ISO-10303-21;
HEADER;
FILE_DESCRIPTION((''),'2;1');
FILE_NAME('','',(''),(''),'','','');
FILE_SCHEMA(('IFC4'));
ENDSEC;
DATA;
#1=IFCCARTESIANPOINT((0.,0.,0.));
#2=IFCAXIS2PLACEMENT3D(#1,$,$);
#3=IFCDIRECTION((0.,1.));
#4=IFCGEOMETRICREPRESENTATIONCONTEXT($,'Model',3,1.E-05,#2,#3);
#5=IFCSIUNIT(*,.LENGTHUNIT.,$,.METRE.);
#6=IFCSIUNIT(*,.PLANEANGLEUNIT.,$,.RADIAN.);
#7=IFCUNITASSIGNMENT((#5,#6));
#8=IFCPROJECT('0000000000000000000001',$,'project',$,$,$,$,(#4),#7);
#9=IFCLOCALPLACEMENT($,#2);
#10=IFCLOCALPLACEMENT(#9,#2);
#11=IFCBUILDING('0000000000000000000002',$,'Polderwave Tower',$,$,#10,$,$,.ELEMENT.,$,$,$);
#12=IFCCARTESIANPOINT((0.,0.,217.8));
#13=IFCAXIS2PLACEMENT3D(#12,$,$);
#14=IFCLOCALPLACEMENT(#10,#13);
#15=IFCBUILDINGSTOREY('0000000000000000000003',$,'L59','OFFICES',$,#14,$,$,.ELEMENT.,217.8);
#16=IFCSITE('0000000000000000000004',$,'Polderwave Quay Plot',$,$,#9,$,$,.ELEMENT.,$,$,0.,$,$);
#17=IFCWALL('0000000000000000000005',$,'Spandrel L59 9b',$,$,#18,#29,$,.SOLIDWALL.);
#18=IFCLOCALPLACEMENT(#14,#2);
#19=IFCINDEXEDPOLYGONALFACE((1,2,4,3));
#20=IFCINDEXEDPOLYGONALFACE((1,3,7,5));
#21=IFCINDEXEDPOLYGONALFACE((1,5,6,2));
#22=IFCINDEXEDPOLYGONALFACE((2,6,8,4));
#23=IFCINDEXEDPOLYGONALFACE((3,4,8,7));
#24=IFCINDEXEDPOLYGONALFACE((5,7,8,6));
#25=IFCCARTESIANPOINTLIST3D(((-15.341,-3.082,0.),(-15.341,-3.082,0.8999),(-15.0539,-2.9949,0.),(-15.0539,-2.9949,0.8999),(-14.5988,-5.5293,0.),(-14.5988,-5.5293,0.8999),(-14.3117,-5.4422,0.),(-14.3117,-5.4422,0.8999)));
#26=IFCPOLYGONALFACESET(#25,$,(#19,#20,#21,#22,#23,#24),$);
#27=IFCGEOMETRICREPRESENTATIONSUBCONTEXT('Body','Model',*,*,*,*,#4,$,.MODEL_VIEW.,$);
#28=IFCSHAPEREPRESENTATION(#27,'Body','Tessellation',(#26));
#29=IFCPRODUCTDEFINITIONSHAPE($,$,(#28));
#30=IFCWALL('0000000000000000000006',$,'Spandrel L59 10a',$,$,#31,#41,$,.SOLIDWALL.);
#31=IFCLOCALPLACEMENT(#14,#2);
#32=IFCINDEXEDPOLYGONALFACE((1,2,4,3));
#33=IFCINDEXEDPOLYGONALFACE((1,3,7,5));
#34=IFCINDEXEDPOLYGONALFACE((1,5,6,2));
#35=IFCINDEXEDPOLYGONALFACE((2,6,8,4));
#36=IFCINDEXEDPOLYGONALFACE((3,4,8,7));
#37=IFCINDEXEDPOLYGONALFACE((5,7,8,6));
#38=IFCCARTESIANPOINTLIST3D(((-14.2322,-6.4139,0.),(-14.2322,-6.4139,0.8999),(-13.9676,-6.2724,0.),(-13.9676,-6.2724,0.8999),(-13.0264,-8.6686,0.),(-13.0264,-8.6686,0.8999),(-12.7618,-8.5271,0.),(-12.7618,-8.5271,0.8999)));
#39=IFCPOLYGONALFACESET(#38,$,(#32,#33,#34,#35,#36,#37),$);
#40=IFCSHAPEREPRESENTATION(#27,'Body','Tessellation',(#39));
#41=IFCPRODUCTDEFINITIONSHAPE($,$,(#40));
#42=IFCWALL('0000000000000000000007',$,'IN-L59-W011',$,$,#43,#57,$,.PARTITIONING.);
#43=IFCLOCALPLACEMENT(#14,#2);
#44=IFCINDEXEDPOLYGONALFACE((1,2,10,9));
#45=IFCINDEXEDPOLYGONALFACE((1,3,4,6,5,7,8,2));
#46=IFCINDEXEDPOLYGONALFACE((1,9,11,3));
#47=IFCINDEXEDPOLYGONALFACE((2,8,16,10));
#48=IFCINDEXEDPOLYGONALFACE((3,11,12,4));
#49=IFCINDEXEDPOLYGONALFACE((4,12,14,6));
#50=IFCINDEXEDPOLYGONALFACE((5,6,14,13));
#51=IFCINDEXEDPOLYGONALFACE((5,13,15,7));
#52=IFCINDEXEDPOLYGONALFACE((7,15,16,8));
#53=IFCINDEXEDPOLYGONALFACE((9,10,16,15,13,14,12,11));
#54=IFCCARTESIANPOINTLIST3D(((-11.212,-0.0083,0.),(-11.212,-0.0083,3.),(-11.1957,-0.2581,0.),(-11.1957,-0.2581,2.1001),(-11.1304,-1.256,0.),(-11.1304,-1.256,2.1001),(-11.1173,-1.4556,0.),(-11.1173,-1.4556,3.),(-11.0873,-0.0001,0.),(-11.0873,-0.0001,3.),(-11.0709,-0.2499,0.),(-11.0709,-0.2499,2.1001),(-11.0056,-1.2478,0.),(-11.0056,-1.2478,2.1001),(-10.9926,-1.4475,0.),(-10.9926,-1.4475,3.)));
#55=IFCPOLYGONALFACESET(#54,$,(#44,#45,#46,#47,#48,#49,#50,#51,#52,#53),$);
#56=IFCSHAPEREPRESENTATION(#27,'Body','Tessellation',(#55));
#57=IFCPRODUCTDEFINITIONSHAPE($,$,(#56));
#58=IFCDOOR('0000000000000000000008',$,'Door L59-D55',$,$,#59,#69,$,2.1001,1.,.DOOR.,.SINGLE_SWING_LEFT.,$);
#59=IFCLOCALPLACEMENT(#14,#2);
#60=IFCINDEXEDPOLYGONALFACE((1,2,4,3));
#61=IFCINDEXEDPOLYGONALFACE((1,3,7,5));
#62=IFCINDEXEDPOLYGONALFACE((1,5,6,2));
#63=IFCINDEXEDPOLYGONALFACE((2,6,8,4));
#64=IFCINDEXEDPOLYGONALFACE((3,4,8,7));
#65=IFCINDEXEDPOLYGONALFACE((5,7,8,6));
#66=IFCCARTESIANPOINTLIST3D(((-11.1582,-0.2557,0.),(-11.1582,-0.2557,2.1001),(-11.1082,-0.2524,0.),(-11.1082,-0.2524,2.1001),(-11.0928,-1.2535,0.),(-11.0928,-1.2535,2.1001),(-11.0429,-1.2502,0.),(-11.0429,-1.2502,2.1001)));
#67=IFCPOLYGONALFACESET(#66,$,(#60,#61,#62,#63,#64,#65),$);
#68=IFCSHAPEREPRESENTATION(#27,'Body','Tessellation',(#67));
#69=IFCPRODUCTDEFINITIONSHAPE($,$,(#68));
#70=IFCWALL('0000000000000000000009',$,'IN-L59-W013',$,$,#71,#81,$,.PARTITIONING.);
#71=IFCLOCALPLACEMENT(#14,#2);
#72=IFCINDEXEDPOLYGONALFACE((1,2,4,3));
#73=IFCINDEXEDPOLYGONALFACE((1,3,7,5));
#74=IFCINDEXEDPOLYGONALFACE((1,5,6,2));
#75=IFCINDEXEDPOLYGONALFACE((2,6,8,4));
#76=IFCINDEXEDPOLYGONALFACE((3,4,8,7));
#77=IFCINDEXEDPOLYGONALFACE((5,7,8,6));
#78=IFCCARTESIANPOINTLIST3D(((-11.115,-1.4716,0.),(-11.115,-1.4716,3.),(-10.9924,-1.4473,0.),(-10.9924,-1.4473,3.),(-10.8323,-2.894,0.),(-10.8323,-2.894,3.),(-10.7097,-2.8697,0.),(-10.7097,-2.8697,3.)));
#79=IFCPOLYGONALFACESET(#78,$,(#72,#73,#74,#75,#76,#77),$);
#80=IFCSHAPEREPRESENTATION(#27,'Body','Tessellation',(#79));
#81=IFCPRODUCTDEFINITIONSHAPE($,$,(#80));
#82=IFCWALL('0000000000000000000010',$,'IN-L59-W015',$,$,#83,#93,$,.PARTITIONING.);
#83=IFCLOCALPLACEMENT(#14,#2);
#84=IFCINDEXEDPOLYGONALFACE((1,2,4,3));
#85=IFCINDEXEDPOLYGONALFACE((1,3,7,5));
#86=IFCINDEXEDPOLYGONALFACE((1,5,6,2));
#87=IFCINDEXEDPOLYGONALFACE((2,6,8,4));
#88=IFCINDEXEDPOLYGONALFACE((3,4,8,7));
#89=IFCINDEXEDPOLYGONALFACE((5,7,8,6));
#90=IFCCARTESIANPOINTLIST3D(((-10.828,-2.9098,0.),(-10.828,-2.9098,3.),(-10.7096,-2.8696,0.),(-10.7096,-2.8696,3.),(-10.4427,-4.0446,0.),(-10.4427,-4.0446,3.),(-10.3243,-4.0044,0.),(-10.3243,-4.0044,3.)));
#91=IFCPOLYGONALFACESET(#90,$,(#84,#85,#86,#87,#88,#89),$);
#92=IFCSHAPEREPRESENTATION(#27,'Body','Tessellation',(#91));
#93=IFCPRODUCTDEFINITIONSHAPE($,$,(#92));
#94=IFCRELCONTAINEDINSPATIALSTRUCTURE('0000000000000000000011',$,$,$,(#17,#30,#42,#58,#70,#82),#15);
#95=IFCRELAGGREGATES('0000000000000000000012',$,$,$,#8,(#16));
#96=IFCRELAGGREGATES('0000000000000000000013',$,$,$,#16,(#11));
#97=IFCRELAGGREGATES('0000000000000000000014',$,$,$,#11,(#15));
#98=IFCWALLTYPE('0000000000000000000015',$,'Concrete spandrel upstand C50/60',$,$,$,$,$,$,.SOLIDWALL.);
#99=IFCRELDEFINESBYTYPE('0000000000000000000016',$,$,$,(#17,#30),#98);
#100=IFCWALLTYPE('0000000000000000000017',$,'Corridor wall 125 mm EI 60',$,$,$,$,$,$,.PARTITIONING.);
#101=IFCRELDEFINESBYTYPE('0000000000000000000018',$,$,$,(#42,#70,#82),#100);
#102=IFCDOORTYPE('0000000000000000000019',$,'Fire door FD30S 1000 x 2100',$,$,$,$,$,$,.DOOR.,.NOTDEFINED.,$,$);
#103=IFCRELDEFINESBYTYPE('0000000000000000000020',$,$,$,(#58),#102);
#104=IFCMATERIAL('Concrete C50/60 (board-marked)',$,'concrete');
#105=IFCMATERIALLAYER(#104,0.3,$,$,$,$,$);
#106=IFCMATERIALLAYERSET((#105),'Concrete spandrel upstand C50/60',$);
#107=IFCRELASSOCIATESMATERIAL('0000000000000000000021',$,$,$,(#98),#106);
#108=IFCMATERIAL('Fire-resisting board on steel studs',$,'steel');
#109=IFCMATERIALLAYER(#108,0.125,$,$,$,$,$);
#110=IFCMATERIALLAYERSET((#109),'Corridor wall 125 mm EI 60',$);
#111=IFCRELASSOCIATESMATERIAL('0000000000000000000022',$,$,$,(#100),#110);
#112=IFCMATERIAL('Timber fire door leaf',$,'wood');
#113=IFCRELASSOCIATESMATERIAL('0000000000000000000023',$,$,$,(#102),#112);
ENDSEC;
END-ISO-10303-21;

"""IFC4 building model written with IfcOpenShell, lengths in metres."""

from ifc_helpers import new_model, si_unit, direction, frame, frame_2d, origin, place, context, subcontext, project, spatial, rectangle, extrude, material, layer, layer_set, type_object, element, fill, save


model = new_model("IFC4")

# Units and contexts
model_context = context("Model", 3, precision=1e-05, world=origin(), true_north=direction((0.0, 1.0)))
body_context = subcontext(model_context, "Body", "Model", "MODEL_VIEW")
ifc_project = project(units=[si_unit("LENGTHUNIT", "METRE"), si_unit("PLANEANGLEUNIT", "RADIAN")], contexts=[model_context])

# Site, building, storey
site_placement = place(None, origin())
site = spatial("IfcSite", under=ifc_project, at=site_placement, Name="Polderwave Quay Plot", CompositionType="ELEMENT", RefElevation=0.0)
building_placement = place(site_placement, origin())
building = spatial("IfcBuilding", under=site, at=building_placement, Name="Polderwave Tower", CompositionType="ELEMENT")
storey_placement = place(building_placement, frame((0.0, 0.0, 217.8)))
storey = spatial("IfcBuildingStorey", under=building, at=storey_placement, Name="L59", Description="OFFICES", CompositionType="ELEMENT", Elevation=217.8)

# Walls
ifc_material_1 = material(Name="Concrete C50/60 (board-marked)", Category="concrete")
ifc_layer_1 = layer(ifc_material_1, 0.3)
ifc_layer_set_1 = layer_set([ifc_layer_1], Name="Concrete spandrel upstand C50/60")
wall_type_1 = type_object("IfcWallType", Name="Concrete spandrel upstand C50/60", PredefinedType="SOLIDWALL", material=ifc_layer_set_1)
wall_1_placement = place(storey_placement, frame((-15.1975, -3.0383, 0.0), z_axis=(0.0, 0.0, 1.0), x_axis=(0.290219, -0.95696, 0.0)))
element("IfcWall", 1, at=wall_1_placement, inside=storey, type_object=wall_type_1, Name="Spandrel L59 9b", PredefinedType="SOLIDWALL", context=body_context, shape_type="SweptSolid", body=[
    extrude(rectangle(XDim=2.5574, YDim=0.3, at=frame_2d((1.2788, 0.0))), origin(), (0.0, 0.0, 1.0), 0.8999),
])
wall_2_placement = place(storey_placement, frame((-14.0999, -6.3433, 0.0), z_axis=(0.0, 0.0, 1.0), x_axis=(0.471604, -0.88181, 0.0)))
element("IfcWall", 2, at=wall_2_placement, inside=storey, type_object=wall_type_1, Name="Spandrel L59 10a", PredefinedType="SOLIDWALL", context=body_context, shape_type="SweptSolid", body=[
    extrude(rectangle(XDim=2.5569, YDim=0.3, at=frame_2d((1.2783, 0.0))), origin(), (0.0, 0.0, 1.0), 0.8999),
])

# Wall, opening, door
ifc_material_2 = material(Name="Fire-resisting board on steel studs", Category="steel")
ifc_layer_2 = layer(ifc_material_2, 0.125)
ifc_layer_set_2 = layer_set([ifc_layer_2], Name="Corridor wall 125 mm EI 60")
wall_type_2 = type_object("IfcWallType", Name="Corridor wall 125 mm EI 60", PredefinedType="PARTITIONING", material=ifc_layer_set_2)
wall_3_placement = place(storey_placement, frame((-11.0549, -1.4514, 0.0), z_axis=(0.0, 0.0, 1.0), x_axis=(-0.065312, 0.997865, 0.0)))
wall_3 = element("IfcWall", 3, at=wall_3_placement, inside=storey, type_object=wall_type_2, Name="IN-L59-W011", PredefinedType="PARTITIONING", context=body_context, shape_type="SweptSolid", body=[
    extrude(rectangle(XDim=1.4504, YDim=0.125, at=frame_2d((0.7251, 0.0))), origin(), (0.0, 0.0, 1.0), 3.0),
])
opening_placement = place(wall_3_placement, frame((0.2, 0.0, 0.0)))
opening = element("IfcOpeningElement", 4, at=opening_placement, cuts=wall_3, PredefinedType="OPENING", context=body_context, shape_type="SweptSolid", body=[
    extrude(rectangle(XDim=1.0, YDim=2.1001, at=frame_2d((0.5, 1.05))), frame((0.0, 0.0725, 0.0), z_axis=(0.0, -1.0, 0.0), x_axis=(1.0, 0.0, 0.0)), (0.0, 0.0, 1.0), 0.145),
])
ifc_material_3 = material(Name="Timber fire door leaf", Category="wood")
door_type = type_object("IfcDoorType", Name="Fire door FD30S 1000 x 2100", OperationType="NOTDEFINED", PredefinedType="DOOR", material=ifc_material_3)
door_placement = place(opening_placement, origin())
door = element("IfcDoor", 5, at=door_placement, inside=storey, type_object=door_type, Name="Door L59-D55", OperationType="SINGLE_SWING_LEFT", OverallHeight=2.1001, OverallWidth=1.0, PredefinedType="DOOR", context=body_context, shape_type="SweptSolid", body=[
    extrude(rectangle(XDim=1.0, YDim=2.1001, at=frame_2d((0.5, 1.05))), frame((0.0, 0.0249, 0.0), z_axis=(0.0, -1.0, 0.0), x_axis=(1.0, 0.0, 0.0)), (0.0, 0.0, 1.0), 0.05),
])
fill(opening, door)

# Walls
wall_4_placement = place(storey_placement, frame((-10.771, -2.8818, 0.0), z_axis=(0.0, 0.0, 1.0), x_axis=(-0.19495, 0.980813, 0.0)))
element("IfcWall", 6, at=wall_4_placement, inside=storey, type_object=wall_type_2, Name="IN-L59-W013", PredefinedType="PARTITIONING", context=body_context, shape_type="SweptSolid", body=[
    extrude(rectangle(XDim=1.4502, YDim=0.125, at=frame_2d((0.7251, 0.0))), origin(), (0.0, 0.0, 1.0), 3.0),
])
wall_5_placement = place(storey_placement, frame((-10.3835, -4.0244, 0.0), z_axis=(0.0, 0.0, 1.0), x_axis=(-0.321479, 0.946917, 0.0)))
element("IfcWall", 7, at=wall_5_placement, inside=storey, type_object=wall_type_2, Name="IN-L59-W015", PredefinedType="PARTITIONING", context=body_context, shape_type="SweptSolid", body=[
    extrude(rectangle(XDim=1.1985, YDim=0.125, at=frame_2d((0.5991, 0.0))), origin(), (0.0, 0.0, 1.0), 3.0),
])

save(model, "model.ifc")
